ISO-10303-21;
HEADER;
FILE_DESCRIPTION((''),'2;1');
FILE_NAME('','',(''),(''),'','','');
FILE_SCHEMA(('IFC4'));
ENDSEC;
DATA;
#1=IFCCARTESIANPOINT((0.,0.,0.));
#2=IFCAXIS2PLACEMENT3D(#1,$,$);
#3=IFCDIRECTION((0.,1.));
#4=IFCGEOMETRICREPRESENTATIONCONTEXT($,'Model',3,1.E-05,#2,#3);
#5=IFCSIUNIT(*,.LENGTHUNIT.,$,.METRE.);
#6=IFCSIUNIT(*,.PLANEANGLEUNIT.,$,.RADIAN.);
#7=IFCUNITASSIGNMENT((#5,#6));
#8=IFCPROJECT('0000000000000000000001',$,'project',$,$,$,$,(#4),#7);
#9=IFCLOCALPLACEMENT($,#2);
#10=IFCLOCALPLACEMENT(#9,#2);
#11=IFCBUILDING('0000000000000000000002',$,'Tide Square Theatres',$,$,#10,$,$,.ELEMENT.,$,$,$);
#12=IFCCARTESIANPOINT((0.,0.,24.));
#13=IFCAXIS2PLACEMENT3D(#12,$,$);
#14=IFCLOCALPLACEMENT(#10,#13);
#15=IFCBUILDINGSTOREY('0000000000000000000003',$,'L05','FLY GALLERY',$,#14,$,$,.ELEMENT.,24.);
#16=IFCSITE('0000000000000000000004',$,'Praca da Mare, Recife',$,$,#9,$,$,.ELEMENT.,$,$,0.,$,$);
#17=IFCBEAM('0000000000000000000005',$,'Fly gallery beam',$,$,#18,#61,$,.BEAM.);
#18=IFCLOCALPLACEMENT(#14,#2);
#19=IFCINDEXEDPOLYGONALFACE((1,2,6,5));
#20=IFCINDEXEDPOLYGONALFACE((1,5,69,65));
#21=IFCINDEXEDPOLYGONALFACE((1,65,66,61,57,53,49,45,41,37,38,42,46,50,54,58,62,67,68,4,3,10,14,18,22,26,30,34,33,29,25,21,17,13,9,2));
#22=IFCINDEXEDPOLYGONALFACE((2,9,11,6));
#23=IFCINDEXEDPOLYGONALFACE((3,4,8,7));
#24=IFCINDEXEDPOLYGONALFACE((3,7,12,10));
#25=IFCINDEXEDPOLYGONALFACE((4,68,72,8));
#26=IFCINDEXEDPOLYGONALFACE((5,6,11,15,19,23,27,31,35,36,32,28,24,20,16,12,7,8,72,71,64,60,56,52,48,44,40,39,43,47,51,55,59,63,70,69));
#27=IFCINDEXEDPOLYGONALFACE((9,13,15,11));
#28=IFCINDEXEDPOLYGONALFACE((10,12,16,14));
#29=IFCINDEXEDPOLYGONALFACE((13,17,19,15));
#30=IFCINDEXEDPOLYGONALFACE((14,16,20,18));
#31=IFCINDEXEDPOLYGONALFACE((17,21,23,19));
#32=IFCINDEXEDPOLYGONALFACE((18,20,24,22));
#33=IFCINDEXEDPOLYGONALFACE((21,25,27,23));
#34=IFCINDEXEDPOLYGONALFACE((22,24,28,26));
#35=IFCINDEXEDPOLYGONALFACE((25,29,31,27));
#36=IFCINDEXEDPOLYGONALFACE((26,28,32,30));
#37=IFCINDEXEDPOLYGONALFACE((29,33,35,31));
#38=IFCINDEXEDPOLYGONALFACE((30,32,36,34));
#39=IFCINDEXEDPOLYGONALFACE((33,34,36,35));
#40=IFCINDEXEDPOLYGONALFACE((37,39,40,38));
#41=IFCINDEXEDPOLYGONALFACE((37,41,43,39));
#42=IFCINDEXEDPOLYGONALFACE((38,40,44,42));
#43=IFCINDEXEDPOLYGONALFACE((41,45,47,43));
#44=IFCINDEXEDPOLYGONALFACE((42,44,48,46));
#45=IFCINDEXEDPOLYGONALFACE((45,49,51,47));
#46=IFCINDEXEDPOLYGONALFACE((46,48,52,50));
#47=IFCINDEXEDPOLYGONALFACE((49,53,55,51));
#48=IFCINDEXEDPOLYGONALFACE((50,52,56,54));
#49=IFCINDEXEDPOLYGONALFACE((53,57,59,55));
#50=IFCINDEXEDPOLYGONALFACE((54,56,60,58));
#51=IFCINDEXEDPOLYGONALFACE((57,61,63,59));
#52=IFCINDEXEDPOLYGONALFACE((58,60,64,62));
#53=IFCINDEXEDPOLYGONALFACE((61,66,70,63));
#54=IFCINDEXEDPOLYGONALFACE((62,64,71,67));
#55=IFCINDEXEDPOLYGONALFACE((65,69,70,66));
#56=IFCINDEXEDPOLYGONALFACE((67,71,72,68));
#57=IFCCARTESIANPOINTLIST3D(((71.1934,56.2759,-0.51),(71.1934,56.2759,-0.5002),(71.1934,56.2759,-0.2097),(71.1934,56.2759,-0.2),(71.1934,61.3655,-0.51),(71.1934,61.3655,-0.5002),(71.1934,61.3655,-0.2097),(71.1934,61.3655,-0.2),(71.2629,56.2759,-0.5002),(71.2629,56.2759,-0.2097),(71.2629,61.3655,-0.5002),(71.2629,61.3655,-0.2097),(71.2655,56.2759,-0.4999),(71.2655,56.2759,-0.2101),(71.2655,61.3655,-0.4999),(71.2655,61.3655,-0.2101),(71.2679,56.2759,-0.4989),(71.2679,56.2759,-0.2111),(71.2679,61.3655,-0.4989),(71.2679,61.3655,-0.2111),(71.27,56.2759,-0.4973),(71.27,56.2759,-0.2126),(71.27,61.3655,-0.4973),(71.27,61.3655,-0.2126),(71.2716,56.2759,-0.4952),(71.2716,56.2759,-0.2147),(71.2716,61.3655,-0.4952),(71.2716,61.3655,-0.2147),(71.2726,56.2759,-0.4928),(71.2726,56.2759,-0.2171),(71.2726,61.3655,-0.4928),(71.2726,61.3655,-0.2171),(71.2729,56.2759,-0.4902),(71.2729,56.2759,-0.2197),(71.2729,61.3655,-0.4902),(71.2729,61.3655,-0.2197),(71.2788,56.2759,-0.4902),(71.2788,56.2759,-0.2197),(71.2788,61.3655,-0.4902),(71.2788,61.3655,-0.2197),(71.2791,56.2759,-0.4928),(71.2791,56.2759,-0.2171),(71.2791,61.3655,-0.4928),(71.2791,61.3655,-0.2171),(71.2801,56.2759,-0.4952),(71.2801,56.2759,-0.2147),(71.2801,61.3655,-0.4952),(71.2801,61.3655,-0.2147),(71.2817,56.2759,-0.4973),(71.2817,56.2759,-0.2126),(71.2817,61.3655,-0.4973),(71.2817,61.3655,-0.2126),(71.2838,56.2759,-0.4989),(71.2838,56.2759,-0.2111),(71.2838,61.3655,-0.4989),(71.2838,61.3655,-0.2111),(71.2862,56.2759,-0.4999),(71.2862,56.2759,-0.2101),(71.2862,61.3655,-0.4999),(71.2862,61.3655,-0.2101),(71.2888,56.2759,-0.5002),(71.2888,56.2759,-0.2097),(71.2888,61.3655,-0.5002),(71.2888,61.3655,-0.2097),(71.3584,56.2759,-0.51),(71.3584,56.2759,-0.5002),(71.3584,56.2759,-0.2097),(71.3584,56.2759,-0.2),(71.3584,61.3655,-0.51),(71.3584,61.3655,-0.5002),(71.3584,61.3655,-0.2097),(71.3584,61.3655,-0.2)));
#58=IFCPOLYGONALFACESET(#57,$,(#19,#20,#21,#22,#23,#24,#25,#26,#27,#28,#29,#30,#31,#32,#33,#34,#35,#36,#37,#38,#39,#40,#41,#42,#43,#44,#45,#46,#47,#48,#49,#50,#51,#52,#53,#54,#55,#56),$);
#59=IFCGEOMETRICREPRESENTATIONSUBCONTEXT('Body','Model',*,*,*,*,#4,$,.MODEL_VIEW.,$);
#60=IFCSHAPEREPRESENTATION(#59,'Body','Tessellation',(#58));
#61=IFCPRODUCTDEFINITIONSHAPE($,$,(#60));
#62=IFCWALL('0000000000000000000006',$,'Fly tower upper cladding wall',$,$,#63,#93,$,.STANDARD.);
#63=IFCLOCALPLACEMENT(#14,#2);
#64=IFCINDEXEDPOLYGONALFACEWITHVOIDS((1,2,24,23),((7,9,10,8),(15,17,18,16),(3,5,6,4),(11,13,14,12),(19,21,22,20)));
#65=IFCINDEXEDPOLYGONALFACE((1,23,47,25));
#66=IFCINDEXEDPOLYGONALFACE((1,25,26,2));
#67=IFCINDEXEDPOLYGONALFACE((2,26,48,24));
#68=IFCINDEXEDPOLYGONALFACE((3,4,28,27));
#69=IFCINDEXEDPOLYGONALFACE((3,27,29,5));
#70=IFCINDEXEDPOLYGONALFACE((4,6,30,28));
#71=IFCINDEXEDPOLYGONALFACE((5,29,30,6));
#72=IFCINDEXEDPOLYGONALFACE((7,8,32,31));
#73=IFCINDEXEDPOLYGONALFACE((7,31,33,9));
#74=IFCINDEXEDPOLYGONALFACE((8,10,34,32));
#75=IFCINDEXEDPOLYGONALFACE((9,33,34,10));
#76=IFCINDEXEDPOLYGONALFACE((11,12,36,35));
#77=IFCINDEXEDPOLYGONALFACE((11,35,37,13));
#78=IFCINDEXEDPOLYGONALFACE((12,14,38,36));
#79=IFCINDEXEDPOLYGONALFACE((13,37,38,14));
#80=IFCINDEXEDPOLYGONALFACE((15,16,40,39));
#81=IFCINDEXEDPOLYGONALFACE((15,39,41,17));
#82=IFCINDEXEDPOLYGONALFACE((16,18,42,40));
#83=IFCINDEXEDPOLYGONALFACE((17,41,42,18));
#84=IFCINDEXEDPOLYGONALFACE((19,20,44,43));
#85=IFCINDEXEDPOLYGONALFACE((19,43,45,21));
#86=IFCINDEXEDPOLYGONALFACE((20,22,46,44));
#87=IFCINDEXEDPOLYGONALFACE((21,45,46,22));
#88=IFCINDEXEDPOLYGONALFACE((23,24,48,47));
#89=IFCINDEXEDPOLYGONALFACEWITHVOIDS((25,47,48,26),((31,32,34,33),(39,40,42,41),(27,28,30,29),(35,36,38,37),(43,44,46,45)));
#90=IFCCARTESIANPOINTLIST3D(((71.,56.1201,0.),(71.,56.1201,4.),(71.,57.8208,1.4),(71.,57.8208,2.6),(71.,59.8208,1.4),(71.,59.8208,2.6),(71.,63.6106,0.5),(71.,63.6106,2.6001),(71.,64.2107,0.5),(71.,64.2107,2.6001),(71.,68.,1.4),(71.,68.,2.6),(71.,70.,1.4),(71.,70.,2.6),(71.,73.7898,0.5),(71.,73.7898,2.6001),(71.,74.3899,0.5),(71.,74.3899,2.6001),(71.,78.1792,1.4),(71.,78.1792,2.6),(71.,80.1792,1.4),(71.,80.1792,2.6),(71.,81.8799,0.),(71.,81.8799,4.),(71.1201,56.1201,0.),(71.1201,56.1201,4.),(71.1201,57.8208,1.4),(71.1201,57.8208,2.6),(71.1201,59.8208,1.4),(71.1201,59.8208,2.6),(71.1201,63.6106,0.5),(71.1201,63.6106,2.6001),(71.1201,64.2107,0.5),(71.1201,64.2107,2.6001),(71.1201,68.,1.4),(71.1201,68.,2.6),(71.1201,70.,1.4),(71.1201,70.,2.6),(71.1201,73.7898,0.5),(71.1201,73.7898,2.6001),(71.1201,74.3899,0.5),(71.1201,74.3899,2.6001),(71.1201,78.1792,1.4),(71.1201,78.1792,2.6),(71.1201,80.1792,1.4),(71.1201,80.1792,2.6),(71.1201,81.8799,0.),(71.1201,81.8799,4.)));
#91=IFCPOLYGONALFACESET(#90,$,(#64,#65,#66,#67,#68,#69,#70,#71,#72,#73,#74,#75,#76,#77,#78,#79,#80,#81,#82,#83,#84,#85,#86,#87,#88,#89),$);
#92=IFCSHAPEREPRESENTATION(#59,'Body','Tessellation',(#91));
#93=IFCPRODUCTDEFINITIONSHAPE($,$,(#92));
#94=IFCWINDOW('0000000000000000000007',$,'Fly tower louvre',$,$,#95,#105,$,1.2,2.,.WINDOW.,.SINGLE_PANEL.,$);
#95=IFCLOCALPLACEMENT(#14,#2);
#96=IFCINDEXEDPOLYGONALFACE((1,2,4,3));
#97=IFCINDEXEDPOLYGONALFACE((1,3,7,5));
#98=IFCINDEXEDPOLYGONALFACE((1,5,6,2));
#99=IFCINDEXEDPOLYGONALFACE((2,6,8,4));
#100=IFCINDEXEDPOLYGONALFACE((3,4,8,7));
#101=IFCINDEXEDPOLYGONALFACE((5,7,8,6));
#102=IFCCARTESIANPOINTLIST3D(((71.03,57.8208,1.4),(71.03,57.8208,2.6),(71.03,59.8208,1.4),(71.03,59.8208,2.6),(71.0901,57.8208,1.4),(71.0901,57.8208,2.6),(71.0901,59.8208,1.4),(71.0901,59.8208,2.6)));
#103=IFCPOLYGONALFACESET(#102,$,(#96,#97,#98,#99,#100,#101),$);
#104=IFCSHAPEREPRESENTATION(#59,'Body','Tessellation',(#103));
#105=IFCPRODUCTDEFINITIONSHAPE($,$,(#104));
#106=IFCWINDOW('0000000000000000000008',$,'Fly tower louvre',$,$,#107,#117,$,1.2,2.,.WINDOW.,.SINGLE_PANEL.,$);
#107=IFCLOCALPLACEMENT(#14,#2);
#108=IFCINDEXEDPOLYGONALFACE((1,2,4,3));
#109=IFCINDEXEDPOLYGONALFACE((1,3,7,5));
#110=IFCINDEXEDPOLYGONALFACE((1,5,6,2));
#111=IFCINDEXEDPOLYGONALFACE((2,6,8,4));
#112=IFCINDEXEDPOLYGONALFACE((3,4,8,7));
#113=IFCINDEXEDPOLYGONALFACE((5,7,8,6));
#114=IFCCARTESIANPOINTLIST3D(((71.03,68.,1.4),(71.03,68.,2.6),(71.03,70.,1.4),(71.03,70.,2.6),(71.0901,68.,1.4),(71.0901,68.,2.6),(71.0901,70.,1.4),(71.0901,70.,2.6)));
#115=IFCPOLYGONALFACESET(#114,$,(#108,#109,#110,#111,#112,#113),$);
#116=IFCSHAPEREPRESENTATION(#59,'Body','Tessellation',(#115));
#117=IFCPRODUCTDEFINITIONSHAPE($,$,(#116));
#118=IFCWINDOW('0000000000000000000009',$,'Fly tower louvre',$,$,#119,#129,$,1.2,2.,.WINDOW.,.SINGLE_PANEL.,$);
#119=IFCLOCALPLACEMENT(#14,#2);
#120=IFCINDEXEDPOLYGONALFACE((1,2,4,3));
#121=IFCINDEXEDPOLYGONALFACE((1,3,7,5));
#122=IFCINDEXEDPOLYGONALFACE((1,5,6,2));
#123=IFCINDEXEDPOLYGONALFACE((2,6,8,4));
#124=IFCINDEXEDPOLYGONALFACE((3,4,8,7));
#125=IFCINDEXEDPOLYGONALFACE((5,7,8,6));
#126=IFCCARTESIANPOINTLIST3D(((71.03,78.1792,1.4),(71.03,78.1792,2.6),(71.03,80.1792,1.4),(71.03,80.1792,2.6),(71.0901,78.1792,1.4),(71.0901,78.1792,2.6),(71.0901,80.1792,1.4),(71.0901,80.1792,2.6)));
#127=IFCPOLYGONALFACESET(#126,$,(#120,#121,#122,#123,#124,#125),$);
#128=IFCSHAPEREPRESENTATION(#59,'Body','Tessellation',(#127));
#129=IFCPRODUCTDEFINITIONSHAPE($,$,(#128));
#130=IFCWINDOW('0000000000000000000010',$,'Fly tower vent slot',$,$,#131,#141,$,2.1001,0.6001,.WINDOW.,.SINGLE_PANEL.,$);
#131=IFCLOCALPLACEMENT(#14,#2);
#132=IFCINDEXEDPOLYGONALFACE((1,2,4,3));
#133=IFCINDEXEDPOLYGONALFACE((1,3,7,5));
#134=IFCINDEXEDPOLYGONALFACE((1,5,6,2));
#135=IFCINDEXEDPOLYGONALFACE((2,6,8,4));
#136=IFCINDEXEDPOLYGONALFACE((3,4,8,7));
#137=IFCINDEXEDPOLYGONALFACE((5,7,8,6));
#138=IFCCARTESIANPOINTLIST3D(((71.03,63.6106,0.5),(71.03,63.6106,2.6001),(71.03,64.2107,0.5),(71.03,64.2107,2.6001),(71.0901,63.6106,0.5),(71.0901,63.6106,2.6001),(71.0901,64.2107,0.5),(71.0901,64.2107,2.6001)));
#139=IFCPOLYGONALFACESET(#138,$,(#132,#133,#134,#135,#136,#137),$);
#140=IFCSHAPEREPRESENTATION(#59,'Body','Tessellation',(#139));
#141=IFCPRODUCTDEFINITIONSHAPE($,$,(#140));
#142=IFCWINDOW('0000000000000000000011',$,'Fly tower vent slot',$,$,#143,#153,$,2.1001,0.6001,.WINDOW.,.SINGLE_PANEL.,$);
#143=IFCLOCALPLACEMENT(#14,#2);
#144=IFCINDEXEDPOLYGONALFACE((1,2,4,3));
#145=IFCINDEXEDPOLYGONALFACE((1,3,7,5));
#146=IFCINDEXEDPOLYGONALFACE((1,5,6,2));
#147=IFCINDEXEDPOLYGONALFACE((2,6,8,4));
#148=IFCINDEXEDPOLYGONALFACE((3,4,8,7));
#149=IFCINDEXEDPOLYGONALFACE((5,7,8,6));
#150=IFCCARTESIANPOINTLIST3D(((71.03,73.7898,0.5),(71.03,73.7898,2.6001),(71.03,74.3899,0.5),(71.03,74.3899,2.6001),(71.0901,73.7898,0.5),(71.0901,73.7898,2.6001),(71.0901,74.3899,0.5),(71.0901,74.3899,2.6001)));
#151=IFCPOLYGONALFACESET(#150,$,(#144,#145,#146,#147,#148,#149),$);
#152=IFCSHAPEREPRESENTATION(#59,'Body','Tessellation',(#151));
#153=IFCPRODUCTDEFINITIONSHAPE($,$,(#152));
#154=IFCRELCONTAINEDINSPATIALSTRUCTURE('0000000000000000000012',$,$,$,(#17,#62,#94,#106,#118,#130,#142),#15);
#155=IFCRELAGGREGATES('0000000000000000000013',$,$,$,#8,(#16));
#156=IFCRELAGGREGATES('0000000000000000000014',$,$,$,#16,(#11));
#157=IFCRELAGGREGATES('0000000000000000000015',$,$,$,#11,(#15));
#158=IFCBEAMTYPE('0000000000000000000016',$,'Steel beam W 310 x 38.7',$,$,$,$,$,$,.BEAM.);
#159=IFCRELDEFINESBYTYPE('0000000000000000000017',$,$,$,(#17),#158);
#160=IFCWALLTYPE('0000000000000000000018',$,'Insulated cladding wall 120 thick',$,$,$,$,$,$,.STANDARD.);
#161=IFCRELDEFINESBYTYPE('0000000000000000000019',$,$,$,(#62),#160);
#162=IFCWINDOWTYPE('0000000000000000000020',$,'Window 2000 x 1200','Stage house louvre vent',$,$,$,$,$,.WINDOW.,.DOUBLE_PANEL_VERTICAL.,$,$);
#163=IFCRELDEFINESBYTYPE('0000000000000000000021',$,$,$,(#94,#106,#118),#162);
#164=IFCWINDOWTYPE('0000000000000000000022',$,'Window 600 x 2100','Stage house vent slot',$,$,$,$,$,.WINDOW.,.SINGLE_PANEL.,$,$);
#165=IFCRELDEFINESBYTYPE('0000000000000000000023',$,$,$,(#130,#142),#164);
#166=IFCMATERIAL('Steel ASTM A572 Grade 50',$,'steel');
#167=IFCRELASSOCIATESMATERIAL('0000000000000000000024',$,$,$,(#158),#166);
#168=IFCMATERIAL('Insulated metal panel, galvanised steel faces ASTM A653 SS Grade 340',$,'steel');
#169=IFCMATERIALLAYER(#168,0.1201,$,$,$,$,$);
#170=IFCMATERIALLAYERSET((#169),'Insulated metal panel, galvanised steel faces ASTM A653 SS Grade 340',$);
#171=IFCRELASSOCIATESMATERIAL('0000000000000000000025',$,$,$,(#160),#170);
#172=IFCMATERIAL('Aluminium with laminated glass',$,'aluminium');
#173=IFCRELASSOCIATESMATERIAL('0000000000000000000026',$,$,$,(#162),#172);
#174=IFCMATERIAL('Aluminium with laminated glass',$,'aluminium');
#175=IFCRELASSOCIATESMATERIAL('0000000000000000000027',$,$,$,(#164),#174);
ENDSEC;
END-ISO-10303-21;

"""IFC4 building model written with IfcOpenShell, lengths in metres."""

from ifc_helpers import new_model, si_unit, direction, frame, frame_2d, origin, origin_2d, place, context, subcontext, project, spatial, rectangle, i_section, extrude, material, layer, layer_set, material_profile, profile_set, type_object, element, fill, save


model = new_model("IFC4")

# Units and contexts
model_context = context("Model", 3, precision=1e-05, world=origin(), true_north=direction((0.0, 1.0)))
body_context = subcontext(model_context, "Body", "Model", "MODEL_VIEW")
ifc_project = project(units=[si_unit("LENGTHUNIT", "METRE"), si_unit("PLANEANGLEUNIT", "RADIAN")], contexts=[model_context])

# Site, building, storey
site_placement = place(None, origin())
site = spatial("IfcSite", under=ifc_project, at=site_placement, Name="Praca da Mare, Recife", CompositionType="ELEMENT", RefElevation=0.0)
building_placement = place(site_placement, origin())
building = spatial("IfcBuilding", under=site, at=building_placement, Name="Tide Square Theatres", CompositionType="ELEMENT")
storey_placement = place(building_placement, frame((0.0, 0.0, 24.0)))
storey = spatial("IfcBuildingStorey", under=building, at=storey_placement, Name="L05", Description="FLY GALLERY", CompositionType="ELEMENT", Elevation=24.0)

# Beam
ifc_material_1 = material(Name="Steel ASTM A572 Grade 50", Category="steel")
ifc_material_profile = material_profile(ifc_material_1, i_section(OverallWidth=0.165, OverallDepth=0.3101, WebThickness=0.0059, FlangeThickness=0.0098, FilletRadius=0.01, at=origin_2d()))
ifc_profile_set = profile_set([ifc_material_profile], Name="Steel ASTM A572 Grade 50")
beam_type = type_object("IfcBeamType", Name="Steel beam W 310 x 38.7", PredefinedType="BEAM", material=ifc_profile_set)
beam_placement = place(storey_placement, frame((71.2759, 56.2759, -0.355), z_axis=(0.0, 1.0, 0.0), x_axis=(-1.0, 0.0, 0.0)))
element("IfcBeam", 1, at=beam_placement, inside=storey, type_object=beam_type, Name="Fly gallery beam", PredefinedType="BEAM", context=body_context, shape_type="SweptSolid", body=[
    extrude(i_section(OverallWidth=0.165, OverallDepth=0.3101, WebThickness=0.0059, FlangeThickness=0.0098, FilletRadius=0.01, at=origin_2d()), origin(), (0.0, 0.0, 1.0), 5.0896),
])

# Wall, openings, windows
ifc_material_2 = material(Name="Insulated metal panel, galvanised steel faces ASTM A653 SS Grade 340", Category="steel")
ifc_layer = layer(ifc_material_2, 0.1201)
ifc_layer_set = layer_set([ifc_layer], Name="Insulated metal panel, galvanised steel faces ASTM A653 SS Grade 340")
wall_type = type_object("IfcWallType", Name="Insulated cladding wall 120 thick", PredefinedType="STANDARD", material=ifc_layer_set)
wall_placement = place(storey_placement, frame((71.0601, 56.1201, 0.0), z_axis=(0.0, 0.0, 1.0), x_axis=(0.0, 1.0, 0.0)))
wall = element("IfcWall", 2, at=wall_placement, inside=storey, type_object=wall_type, Name="Fly tower upper cladding wall", PredefinedType="STANDARD", context=body_context, shape_type="SweptSolid", body=[
    extrude(rectangle(XDim=25.7598, YDim=0.1201, at=frame_2d((12.8799, 0.0))), origin(), (0.0, 0.0, 1.0), 4.0),
])
opening_1_placement = place(wall_placement, frame((1.7007, 0.0, 1.3999)))
opening_1 = element("IfcOpeningElement", 3, at=opening_1_placement, cuts=wall, PredefinedType="OPENING", context=body_context, shape_type="SweptSolid", body=[
    extrude(rectangle(XDim=2.0, YDim=1.2, at=frame_2d((1.0, 0.6001))), frame((0.0, 0.0701, 0.0), z_axis=(0.0, -1.0, 0.0), x_axis=(1.0, 0.0, 0.0)), (0.0, 0.0, 1.0), 0.1401),
])
opening_2_placement = place(wall_placement, frame((11.8799, 0.0, 1.3999)))
opening_2 = element("IfcOpeningElement", 4, at=opening_2_placement, cuts=wall, PredefinedType="OPENING", context=body_context, shape_type="SweptSolid", body=[
    extrude(rectangle(XDim=2.0, YDim=1.2, at=frame_2d((1.0, 0.6001))), frame((0.0, 0.0701, 0.0), z_axis=(0.0, -1.0, 0.0), x_axis=(1.0, 0.0, 0.0)), (0.0, 0.0, 1.0), 0.1401),
])
opening_3_placement = place(wall_placement, frame((22.0591, 0.0, 1.3999)))
opening_3 = element("IfcOpeningElement", 5, at=opening_3_placement, cuts=wall, PredefinedType="OPENING", context=body_context, shape_type="SweptSolid", body=[
    extrude(rectangle(XDim=2.0, YDim=1.2, at=frame_2d((1.0, 0.6001))), frame((0.0, 0.0701, 0.0), z_axis=(0.0, -1.0, 0.0), x_axis=(1.0, 0.0, 0.0)), (0.0, 0.0, 1.0), 0.1401),
])
opening_4_placement = place(wall_placement, frame((7.4905, 0.0, 0.5)))
opening_4 = element("IfcOpeningElement", 6, at=opening_4_placement, cuts=wall, PredefinedType="OPENING", context=body_context, shape_type="SweptSolid", body=[
    extrude(rectangle(XDim=0.6001, YDim=2.1001, at=frame_2d((0.3, 1.05))), frame((0.0, 0.0701, 0.0), z_axis=(0.0, -1.0, 0.0), x_axis=(1.0, 0.0, 0.0)), (0.0, 0.0, 1.0), 0.1401),
])
opening_5_placement = place(wall_placement, frame((17.6697, 0.0, 0.5)))
opening_5 = element("IfcOpeningElement", 7, at=opening_5_placement, cuts=wall, PredefinedType="OPENING", context=body_context, shape_type="SweptSolid", body=[
    extrude(rectangle(XDim=0.6001, YDim=2.1001, at=frame_2d((0.3, 1.05))), frame((0.0, 0.0701, 0.0), z_axis=(0.0, -1.0, 0.0), x_axis=(1.0, 0.0, 0.0)), (0.0, 0.0, 1.0), 0.1401),
])
ifc_material_3 = material(Name="Aluminium with laminated glass", Category="aluminium")
window_type_1 = type_object("IfcWindowType", Name="Window 2000 x 1200", Description="Stage house louvre vent", PartitioningType="DOUBLE_PANEL_VERTICAL", PredefinedType="WINDOW", material=ifc_material_3)
window_1_placement = place(opening_1_placement, origin())
window_1 = element("IfcWindow", 8, at=window_1_placement, inside=storey, type_object=window_type_1, Name="Fly tower louvre", OverallHeight=1.2, OverallWidth=2.0, PartitioningType="SINGLE_PANEL", PredefinedType="WINDOW", context=body_context, shape_type="SweptSolid", body=[
    extrude(rectangle(XDim=2.0, YDim=1.2, at=frame_2d((1.0, 0.6001))), frame((0.0, 0.03, 0.0), z_axis=(0.0, -1.0, 0.0), x_axis=(1.0, 0.0, 0.0)), (0.0, 0.0, 1.0), 0.0601),
])
fill(opening_1, window_1)
window_2_placement = place(opening_2_placement, origin())
window_2 = element("IfcWindow", 9, at=window_2_placement, inside=storey, type_object=window_type_1, Name="Fly tower louvre", OverallHeight=1.2, OverallWidth=2.0, PartitioningType="SINGLE_PANEL", PredefinedType="WINDOW", context=body_context, shape_type="SweptSolid", body=[
    extrude(rectangle(XDim=2.0, YDim=1.2, at=frame_2d((1.0, 0.6001))), frame((0.0, 0.03, 0.0), z_axis=(0.0, -1.0, 0.0), x_axis=(1.0, 0.0, 0.0)), (0.0, 0.0, 1.0), 0.0601),
])
fill(opening_2, window_2)
window_3_placement = place(opening_3_placement, origin())
window_3 = element("IfcWindow", 10, at=window_3_placement, inside=storey, type_object=window_type_1, Name="Fly tower louvre", OverallHeight=1.2, OverallWidth=2.0, PartitioningType="SINGLE_PANEL", PredefinedType="WINDOW", context=body_context, shape_type="SweptSolid", body=[
    extrude(rectangle(XDim=2.0, YDim=1.2, at=frame_2d((1.0, 0.6001))), frame((0.0, 0.03, 0.0), z_axis=(0.0, -1.0, 0.0), x_axis=(1.0, 0.0, 0.0)), (0.0, 0.0, 1.0), 0.0601),
])
fill(opening_3, window_3)
ifc_material_4 = material(Name="Aluminium with laminated glass", Category="aluminium")
window_type_2 = type_object("IfcWindowType", Name="Window 600 x 2100", Description="Stage house vent slot", PartitioningType="SINGLE_PANEL", PredefinedType="WINDOW", material=ifc_material_4)
window_4_placement = place(opening_4_placement, origin())
window_4 = element("IfcWindow", 11, at=window_4_placement, inside=storey, type_object=window_type_2, Name="Fly tower vent slot", OverallHeight=2.1001, OverallWidth=0.6001, PartitioningType="SINGLE_PANEL", PredefinedType="WINDOW", context=body_context, shape_type="SweptSolid", body=[
    extrude(rectangle(XDim=0.6001, YDim=2.1001, at=frame_2d((0.3, 1.05))), frame((0.0, 0.03, 0.0), z_axis=(0.0, -1.0, 0.0), x_axis=(1.0, 0.0, 0.0)), (0.0, 0.0, 1.0), 0.0601),
])
fill(opening_4, window_4)
window_5_placement = place(opening_5_placement, origin())
window_5 = element("IfcWindow", 12, at=window_5_placement, inside=storey, type_object=window_type_2, Name="Fly tower vent slot", OverallHeight=2.1001, OverallWidth=0.6001, PartitioningType="SINGLE_PANEL", PredefinedType="WINDOW", context=body_context, shape_type="SweptSolid", body=[
    extrude(rectangle(XDim=0.6001, YDim=2.1001, at=frame_2d((0.3, 1.05))), frame((0.0, 0.03, 0.0), z_axis=(0.0, -1.0, 0.0), x_axis=(1.0, 0.0, 0.0)), (0.0, 0.0, 1.0), 0.0601),
])
fill(opening_5, window_5)

save(model, "model.ifc")
